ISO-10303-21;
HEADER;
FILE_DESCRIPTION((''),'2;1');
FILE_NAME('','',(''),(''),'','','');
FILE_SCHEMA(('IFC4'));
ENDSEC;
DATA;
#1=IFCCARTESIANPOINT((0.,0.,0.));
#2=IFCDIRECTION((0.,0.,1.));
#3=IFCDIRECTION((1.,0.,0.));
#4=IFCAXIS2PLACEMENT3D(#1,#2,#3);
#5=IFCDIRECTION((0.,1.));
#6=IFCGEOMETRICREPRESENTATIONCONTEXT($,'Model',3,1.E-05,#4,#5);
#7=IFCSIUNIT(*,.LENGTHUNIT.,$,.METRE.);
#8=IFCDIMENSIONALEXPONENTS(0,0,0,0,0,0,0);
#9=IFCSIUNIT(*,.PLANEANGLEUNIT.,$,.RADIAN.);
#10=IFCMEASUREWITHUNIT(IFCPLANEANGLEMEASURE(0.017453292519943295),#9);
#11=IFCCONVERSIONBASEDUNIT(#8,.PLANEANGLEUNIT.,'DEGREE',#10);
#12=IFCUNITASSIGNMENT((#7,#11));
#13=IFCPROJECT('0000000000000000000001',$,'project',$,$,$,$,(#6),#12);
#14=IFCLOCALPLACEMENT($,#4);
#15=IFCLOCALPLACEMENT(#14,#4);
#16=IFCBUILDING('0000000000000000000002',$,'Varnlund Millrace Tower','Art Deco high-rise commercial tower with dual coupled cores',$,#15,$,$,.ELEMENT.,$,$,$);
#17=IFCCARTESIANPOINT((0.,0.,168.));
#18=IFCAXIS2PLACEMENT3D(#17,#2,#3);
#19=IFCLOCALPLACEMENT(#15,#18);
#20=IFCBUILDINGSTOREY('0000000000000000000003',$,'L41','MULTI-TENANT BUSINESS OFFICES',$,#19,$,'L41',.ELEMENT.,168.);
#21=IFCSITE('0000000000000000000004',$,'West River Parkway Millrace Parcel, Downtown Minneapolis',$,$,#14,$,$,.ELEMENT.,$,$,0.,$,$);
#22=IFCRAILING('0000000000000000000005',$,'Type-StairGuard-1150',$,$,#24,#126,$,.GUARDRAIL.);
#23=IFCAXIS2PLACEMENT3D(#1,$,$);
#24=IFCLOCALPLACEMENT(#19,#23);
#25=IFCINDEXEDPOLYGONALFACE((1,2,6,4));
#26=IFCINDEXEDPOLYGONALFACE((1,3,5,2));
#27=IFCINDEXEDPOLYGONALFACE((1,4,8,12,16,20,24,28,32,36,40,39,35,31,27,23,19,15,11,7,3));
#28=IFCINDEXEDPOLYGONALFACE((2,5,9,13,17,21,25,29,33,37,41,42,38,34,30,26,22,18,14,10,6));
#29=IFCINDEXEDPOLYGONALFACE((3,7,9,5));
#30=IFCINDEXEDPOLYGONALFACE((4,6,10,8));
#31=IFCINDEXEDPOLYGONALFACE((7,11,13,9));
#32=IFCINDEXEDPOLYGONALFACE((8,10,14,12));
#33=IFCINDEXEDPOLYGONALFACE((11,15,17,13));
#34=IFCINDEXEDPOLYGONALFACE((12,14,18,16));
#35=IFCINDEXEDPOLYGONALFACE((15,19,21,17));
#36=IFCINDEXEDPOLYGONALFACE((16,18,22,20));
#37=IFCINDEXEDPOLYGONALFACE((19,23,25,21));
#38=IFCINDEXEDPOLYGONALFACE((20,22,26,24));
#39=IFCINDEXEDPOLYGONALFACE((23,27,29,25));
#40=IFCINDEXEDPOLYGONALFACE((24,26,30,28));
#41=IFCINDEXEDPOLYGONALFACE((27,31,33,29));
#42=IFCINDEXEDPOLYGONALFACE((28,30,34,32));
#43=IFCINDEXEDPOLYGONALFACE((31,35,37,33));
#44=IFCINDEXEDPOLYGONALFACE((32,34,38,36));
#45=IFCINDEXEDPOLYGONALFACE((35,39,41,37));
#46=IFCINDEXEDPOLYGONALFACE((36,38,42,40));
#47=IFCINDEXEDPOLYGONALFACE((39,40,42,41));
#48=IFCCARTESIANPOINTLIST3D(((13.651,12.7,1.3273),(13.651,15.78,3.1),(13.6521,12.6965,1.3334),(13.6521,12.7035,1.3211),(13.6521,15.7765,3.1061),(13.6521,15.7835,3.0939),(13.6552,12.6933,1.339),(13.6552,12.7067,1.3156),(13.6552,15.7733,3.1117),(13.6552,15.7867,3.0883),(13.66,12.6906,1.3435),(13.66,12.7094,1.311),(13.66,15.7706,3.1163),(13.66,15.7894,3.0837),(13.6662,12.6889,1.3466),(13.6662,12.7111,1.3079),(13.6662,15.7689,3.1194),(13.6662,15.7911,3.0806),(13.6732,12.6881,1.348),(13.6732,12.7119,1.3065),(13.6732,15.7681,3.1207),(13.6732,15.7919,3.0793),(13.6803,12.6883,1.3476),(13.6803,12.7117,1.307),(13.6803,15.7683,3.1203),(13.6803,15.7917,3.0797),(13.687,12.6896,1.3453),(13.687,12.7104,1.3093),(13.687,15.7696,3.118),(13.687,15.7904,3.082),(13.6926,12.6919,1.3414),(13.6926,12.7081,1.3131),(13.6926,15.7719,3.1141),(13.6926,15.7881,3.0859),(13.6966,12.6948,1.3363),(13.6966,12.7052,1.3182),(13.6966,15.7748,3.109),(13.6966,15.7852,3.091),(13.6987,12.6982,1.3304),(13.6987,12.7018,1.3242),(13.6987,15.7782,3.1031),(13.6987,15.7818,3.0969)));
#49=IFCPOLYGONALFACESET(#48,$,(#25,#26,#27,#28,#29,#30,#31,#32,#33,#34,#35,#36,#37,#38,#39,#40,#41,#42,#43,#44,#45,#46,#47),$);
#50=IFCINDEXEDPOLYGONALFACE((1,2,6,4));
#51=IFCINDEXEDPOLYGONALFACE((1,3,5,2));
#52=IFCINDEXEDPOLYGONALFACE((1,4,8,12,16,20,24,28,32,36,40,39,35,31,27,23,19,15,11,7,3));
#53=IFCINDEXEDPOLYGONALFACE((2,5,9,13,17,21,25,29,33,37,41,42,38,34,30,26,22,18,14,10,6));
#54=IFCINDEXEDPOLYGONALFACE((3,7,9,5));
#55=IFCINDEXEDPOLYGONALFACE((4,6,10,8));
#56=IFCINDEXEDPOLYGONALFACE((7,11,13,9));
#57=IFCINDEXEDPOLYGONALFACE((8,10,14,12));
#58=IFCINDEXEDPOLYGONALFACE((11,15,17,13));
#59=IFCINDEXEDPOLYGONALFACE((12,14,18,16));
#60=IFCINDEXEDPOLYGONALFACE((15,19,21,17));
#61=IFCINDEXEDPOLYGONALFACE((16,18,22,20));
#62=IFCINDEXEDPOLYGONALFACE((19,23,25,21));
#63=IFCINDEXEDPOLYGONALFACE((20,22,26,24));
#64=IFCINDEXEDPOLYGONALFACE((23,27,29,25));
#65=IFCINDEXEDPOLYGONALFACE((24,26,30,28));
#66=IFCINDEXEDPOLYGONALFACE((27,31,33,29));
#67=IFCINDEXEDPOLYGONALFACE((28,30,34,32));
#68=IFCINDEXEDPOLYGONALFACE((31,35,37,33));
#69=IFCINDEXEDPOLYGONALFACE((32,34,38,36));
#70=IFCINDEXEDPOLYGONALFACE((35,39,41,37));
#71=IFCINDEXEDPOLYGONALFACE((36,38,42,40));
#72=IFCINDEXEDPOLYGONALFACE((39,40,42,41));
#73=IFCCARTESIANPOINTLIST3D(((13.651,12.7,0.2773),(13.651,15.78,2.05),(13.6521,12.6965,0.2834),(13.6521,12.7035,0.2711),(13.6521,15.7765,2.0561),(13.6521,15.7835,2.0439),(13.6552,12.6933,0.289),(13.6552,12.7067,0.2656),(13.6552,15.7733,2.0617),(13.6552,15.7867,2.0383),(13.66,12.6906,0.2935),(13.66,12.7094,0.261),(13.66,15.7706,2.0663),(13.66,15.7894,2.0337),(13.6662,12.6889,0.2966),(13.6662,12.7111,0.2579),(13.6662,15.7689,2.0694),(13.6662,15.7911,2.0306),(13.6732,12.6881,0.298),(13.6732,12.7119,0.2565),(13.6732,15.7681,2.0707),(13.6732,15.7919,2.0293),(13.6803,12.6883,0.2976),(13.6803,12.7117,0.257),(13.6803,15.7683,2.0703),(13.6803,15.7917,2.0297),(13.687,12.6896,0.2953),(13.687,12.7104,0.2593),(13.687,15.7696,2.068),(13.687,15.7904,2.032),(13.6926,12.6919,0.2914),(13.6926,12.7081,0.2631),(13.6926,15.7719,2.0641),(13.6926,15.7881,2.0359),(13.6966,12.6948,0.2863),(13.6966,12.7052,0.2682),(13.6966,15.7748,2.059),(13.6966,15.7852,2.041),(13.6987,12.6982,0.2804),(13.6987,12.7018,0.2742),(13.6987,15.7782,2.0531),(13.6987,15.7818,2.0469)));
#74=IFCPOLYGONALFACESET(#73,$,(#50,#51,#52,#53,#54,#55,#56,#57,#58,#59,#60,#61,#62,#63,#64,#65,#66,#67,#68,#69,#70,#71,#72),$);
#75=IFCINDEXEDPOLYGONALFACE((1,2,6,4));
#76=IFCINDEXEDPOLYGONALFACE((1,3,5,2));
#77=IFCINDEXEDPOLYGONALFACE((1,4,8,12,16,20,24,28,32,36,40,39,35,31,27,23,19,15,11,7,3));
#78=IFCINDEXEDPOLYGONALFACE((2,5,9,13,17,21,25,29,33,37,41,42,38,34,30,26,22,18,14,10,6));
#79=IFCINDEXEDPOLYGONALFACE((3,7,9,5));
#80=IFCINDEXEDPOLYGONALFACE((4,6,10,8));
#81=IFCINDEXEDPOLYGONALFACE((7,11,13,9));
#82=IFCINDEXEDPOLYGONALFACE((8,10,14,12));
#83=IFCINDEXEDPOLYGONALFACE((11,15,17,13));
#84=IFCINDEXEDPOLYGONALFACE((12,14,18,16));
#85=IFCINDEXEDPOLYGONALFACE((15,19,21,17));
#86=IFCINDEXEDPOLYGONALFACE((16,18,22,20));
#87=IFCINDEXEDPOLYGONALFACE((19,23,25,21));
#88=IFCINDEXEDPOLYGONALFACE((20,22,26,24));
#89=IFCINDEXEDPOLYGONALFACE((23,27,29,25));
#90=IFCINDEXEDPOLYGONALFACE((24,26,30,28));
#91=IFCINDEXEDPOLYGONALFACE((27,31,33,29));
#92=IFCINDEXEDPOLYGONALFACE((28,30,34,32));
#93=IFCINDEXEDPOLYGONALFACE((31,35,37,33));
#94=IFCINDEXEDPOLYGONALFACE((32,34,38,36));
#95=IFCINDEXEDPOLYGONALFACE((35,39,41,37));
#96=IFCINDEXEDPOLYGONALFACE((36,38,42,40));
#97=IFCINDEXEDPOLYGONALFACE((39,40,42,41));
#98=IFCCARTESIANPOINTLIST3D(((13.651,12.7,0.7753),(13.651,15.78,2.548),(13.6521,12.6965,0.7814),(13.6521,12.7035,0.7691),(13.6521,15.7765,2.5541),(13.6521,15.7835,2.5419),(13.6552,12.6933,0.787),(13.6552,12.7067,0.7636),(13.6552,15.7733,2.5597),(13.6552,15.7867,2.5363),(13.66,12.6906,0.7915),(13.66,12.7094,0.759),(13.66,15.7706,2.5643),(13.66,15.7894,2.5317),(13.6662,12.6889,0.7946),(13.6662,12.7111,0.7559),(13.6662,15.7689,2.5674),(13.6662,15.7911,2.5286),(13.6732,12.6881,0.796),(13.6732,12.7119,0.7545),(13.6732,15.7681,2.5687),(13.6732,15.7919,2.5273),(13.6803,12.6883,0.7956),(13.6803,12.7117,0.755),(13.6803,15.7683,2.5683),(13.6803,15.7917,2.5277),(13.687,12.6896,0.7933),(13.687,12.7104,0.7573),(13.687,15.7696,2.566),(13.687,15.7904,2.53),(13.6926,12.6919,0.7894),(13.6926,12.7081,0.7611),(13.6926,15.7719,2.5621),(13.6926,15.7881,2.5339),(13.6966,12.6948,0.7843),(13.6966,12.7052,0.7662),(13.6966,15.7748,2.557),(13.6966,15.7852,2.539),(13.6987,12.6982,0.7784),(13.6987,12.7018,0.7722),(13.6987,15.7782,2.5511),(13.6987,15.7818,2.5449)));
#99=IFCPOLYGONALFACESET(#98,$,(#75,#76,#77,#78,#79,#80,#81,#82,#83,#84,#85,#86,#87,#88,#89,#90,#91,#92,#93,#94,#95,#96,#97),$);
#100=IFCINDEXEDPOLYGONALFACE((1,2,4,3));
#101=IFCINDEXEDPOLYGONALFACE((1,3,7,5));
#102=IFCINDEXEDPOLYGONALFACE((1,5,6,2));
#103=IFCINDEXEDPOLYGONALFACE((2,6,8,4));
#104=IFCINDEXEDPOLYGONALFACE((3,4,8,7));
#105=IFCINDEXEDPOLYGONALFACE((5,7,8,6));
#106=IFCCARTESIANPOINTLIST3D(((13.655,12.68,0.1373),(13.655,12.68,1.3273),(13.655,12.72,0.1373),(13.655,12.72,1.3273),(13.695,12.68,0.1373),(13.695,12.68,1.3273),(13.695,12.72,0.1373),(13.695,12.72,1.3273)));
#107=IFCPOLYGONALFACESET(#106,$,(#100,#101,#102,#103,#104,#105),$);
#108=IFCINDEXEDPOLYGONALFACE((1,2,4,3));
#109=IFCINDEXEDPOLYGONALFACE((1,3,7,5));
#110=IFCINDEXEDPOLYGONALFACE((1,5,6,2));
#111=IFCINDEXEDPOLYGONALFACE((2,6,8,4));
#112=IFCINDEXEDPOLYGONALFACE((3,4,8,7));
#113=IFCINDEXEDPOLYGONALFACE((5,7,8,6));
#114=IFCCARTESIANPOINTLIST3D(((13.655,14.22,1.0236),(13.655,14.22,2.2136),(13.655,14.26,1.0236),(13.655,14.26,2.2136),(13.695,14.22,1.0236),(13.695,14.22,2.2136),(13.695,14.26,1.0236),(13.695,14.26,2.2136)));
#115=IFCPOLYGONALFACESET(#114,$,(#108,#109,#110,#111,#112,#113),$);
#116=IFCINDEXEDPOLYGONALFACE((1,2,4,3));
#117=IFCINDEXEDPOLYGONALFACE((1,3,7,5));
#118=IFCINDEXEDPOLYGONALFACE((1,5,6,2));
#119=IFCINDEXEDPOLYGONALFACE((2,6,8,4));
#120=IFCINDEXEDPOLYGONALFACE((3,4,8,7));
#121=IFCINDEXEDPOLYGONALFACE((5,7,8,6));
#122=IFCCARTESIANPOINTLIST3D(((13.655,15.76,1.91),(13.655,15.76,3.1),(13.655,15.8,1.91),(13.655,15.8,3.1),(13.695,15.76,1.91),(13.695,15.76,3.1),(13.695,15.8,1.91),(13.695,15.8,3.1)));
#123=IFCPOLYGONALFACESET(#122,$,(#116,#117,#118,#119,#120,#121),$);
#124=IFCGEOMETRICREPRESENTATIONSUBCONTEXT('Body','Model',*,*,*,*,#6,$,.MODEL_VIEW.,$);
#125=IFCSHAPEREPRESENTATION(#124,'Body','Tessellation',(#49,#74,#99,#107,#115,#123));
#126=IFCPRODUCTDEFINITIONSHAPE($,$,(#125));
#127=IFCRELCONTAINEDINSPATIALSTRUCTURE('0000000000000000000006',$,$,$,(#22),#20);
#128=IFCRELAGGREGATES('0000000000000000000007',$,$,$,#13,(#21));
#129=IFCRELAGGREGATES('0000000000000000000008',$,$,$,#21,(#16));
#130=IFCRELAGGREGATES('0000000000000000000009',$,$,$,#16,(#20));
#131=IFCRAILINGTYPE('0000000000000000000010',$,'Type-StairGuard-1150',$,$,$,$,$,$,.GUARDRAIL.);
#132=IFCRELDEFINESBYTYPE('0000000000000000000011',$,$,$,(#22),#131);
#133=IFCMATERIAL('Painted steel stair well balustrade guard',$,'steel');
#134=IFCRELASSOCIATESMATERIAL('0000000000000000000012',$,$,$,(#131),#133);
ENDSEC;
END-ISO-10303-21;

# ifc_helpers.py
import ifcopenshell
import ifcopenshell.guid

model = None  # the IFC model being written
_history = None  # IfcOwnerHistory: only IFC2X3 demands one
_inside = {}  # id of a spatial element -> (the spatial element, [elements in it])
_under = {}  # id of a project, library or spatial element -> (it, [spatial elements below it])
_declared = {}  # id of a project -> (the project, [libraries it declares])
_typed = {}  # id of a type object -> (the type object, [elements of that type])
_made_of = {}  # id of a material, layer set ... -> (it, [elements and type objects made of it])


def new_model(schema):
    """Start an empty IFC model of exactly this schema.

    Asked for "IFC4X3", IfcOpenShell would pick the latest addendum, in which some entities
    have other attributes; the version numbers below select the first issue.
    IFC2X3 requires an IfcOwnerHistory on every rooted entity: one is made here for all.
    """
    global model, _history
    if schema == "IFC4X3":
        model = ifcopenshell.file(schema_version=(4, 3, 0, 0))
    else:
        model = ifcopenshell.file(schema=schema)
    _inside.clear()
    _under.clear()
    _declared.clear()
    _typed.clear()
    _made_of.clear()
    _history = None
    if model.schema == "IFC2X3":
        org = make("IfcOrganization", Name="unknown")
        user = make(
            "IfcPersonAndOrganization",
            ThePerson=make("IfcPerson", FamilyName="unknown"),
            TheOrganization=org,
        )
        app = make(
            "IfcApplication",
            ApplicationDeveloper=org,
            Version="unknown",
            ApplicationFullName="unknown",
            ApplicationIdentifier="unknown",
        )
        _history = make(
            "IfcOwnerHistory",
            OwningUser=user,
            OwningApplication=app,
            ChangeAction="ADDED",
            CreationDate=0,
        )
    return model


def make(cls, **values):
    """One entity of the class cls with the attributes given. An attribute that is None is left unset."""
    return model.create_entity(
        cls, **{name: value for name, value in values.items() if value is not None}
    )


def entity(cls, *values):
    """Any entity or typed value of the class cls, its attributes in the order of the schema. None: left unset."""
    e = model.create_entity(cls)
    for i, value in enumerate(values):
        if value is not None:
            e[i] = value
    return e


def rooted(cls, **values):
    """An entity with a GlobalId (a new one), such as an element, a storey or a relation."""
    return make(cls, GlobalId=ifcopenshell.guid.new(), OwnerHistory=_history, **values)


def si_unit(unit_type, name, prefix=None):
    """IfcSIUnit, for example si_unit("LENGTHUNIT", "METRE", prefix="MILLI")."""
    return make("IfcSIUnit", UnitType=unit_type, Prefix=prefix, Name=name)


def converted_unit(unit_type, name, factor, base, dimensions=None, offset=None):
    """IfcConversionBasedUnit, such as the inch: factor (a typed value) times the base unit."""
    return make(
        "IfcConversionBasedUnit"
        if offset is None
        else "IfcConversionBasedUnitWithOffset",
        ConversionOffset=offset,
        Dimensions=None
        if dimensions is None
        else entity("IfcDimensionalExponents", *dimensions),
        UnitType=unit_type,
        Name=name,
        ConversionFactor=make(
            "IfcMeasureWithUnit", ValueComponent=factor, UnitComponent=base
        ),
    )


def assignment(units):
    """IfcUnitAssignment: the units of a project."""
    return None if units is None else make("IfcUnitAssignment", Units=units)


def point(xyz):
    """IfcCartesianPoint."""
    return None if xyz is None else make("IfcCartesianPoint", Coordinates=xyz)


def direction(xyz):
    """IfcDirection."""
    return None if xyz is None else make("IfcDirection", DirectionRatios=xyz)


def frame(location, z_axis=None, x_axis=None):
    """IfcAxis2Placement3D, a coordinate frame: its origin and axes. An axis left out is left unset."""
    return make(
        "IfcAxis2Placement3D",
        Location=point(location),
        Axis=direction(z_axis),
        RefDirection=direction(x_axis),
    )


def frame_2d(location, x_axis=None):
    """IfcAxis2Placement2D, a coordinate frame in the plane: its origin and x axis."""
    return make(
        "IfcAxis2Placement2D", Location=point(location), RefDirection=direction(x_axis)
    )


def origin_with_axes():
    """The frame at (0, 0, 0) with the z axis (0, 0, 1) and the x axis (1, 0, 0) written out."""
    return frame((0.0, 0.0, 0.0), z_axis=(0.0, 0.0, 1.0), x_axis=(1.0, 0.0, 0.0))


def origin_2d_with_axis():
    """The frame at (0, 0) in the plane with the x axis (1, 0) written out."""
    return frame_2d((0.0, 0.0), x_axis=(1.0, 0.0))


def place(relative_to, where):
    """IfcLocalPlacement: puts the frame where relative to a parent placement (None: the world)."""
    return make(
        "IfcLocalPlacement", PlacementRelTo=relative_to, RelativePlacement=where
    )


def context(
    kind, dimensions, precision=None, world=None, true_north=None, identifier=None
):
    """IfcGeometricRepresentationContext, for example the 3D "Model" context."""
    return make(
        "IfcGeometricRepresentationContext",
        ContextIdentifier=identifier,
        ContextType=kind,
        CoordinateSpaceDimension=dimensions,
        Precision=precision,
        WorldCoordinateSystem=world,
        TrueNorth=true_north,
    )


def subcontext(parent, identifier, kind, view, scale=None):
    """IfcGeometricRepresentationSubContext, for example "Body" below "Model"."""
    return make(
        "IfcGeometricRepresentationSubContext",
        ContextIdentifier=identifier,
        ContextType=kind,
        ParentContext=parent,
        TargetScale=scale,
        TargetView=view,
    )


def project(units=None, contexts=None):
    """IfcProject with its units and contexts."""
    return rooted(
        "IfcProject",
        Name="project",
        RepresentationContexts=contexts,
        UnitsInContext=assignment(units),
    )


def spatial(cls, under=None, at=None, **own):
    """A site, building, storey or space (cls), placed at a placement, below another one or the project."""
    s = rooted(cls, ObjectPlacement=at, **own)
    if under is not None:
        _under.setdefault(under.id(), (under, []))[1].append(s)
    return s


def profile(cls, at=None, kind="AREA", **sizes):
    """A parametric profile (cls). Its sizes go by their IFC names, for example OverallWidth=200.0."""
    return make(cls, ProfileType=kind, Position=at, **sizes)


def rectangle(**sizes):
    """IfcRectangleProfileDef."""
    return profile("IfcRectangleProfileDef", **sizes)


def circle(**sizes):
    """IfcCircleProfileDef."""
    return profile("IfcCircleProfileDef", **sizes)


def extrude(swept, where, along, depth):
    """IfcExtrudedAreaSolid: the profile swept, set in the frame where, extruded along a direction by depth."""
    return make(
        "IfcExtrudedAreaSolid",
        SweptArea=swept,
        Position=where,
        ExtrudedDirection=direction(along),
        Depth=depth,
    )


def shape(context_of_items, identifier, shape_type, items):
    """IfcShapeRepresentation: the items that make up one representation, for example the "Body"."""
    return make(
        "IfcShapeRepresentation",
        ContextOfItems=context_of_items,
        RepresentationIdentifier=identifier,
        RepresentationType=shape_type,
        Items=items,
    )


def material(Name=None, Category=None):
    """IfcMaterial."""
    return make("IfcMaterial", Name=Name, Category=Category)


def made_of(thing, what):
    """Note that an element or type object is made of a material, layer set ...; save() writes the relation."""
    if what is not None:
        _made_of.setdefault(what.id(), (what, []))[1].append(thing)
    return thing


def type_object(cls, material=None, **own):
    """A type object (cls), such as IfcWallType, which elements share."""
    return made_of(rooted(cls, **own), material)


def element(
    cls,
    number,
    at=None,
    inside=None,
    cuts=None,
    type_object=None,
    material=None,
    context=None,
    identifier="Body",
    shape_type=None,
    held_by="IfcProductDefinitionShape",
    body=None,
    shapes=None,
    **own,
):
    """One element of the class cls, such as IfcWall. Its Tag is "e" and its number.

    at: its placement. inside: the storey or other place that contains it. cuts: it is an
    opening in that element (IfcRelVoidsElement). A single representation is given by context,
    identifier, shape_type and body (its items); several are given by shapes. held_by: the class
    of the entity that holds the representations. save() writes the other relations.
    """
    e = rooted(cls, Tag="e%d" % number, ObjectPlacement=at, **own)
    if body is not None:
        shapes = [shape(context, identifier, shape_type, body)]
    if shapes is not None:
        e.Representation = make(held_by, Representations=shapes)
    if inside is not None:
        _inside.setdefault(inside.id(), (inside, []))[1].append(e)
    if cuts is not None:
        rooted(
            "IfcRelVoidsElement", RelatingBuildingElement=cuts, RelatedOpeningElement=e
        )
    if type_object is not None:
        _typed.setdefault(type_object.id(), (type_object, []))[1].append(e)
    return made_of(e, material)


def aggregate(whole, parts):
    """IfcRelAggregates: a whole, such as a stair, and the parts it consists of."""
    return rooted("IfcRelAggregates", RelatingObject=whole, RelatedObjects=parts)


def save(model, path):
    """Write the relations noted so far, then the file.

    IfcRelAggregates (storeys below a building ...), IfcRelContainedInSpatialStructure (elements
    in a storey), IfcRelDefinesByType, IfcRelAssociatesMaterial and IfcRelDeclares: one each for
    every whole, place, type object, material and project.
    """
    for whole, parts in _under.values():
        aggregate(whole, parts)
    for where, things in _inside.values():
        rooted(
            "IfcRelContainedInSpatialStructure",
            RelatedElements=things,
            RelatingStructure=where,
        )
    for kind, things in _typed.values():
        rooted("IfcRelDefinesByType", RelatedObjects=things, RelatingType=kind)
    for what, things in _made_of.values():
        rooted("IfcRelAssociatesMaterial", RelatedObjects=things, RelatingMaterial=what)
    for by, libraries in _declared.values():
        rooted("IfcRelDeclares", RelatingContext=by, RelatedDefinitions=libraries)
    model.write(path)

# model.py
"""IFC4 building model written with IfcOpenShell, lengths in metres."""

from ifc_helpers import new_model, entity, si_unit, converted_unit, direction, frame, origin_with_axes, origin_2d_with_axis, place, context, subcontext, project, spatial, rectangle, circle, extrude, material, type_object, element, save


model = new_model("IFC4")

# Units and contexts
model_context = context("Model", 3, precision=1e-05, world=origin_with_axes(), true_north=direction((0.0, 1.0)))
body_context = subcontext(model_context, "Body", "Model", "MODEL_VIEW")
ifc_project = project(units=[si_unit("LENGTHUNIT", "METRE"), converted_unit("PLANEANGLEUNIT", "DEGREE", entity("IfcPlaneAngleMeasure", 0.017453292519943295), si_unit("PLANEANGLEUNIT", "RADIAN"), dimensions=[0, 0, 0, 0, 0, 0, 0])], contexts=[model_context])

# Site, building, storey
site_placement = place(None, origin_with_axes())
site = spatial("IfcSite", under=ifc_project, at=site_placement, Name="West River Parkway Millrace Parcel, Downtown Minneapolis", CompositionType="ELEMENT", RefElevation=0.0)
building_placement = place(site_placement, origin_with_axes())
building = spatial("IfcBuilding", under=site, at=building_placement, Name="Varnlund Millrace Tower", Description="Art Deco high-rise commercial tower with dual coupled cores", CompositionType="ELEMENT")
storey_placement = place(building_placement, frame((0.0, 0.0, 168.0), z_axis=(0.0, 0.0, 1.0), x_axis=(1.0, 0.0, 0.0)))
storey = spatial("IfcBuildingStorey", under=building, at=storey_placement, Name="L41", Description="MULTI-TENANT BUSINESS OFFICES", LongName="L41", CompositionType="ELEMENT", Elevation=168.0)

# Railing
ifc_material_1 = material(Name="Painted steel stair well balustrade guard", Category="steel")
railing_type_1 = type_object("IfcRailingType", Name="Type-StairGuard-1150", PredefinedType="GUARDRAIL", material=ifc_material_1)
railing_1_placement = place(storey_placement, frame((0.0, 0.0, -168.0), z_axis=(0.0, 0.0, 1.0), x_axis=(1.0, 0.0, 0.0)))
element("IfcRailing", 1, at=railing_1_placement, inside=storey, type_object=railing_type_1, Name="Type-StairGuard-1150", PredefinedType="GUARDRAIL", context=body_context, shape_type="SweptSolid", body=[
    extrude(circle(Radius=0.024, at=origin_2d_with_axis()), frame((13.675, 12.7, 169.3273), z_axis=(0.0, 0.866696, 0.498836), x_axis=(-1.0, 0.0, 0.0)), (0.0, 0.0, 1.0), 3.5537),
    extrude(circle(Radius=0.024, at=origin_2d_with_axis()), frame((13.675, 12.7, 168.2773), z_axis=(0.0, 0.866696, 0.498836), x_axis=(-1.0, 0.0, 0.0)), (0.0, 0.0, 1.0), 3.5537),
    extrude(circle(Radius=0.024, at=origin_2d_with_axis()), frame((13.675, 12.7, 168.7753), z_axis=(0.0, 0.866696, 0.498836), x_axis=(-1.0, 0.0, 0.0)), (0.0, 0.0, 1.0), 3.5537),
    extrude(rectangle(XDim=0.04, YDim=0.04, at=origin_2d_with_axis()), frame((13.675, 12.7, 168.1373), z_axis=(0.0, 0.0, 1.0), x_axis=(1.0, 0.0, 0.0)), (0.0, 0.0, 1.0), 1.19),
    extrude(rectangle(XDim=0.04, YDim=0.04, at=origin_2d_with_axis()), frame((13.675, 14.24, 169.0236), z_axis=(0.0, 0.0, 1.0), x_axis=(1.0, 0.0, 0.0)), (0.0, 0.0, 1.0), 1.19),
    extrude(rectangle(XDim=0.04, YDim=0.04, at=origin_2d_with_axis()), frame((13.675, 15.78, 169.91), z_axis=(0.0, 0.0, 1.0), x_axis=(1.0, 0.0, 0.0)), (0.0, 0.0, 1.0), 1.19),
])

save(model, "model.ifc")
